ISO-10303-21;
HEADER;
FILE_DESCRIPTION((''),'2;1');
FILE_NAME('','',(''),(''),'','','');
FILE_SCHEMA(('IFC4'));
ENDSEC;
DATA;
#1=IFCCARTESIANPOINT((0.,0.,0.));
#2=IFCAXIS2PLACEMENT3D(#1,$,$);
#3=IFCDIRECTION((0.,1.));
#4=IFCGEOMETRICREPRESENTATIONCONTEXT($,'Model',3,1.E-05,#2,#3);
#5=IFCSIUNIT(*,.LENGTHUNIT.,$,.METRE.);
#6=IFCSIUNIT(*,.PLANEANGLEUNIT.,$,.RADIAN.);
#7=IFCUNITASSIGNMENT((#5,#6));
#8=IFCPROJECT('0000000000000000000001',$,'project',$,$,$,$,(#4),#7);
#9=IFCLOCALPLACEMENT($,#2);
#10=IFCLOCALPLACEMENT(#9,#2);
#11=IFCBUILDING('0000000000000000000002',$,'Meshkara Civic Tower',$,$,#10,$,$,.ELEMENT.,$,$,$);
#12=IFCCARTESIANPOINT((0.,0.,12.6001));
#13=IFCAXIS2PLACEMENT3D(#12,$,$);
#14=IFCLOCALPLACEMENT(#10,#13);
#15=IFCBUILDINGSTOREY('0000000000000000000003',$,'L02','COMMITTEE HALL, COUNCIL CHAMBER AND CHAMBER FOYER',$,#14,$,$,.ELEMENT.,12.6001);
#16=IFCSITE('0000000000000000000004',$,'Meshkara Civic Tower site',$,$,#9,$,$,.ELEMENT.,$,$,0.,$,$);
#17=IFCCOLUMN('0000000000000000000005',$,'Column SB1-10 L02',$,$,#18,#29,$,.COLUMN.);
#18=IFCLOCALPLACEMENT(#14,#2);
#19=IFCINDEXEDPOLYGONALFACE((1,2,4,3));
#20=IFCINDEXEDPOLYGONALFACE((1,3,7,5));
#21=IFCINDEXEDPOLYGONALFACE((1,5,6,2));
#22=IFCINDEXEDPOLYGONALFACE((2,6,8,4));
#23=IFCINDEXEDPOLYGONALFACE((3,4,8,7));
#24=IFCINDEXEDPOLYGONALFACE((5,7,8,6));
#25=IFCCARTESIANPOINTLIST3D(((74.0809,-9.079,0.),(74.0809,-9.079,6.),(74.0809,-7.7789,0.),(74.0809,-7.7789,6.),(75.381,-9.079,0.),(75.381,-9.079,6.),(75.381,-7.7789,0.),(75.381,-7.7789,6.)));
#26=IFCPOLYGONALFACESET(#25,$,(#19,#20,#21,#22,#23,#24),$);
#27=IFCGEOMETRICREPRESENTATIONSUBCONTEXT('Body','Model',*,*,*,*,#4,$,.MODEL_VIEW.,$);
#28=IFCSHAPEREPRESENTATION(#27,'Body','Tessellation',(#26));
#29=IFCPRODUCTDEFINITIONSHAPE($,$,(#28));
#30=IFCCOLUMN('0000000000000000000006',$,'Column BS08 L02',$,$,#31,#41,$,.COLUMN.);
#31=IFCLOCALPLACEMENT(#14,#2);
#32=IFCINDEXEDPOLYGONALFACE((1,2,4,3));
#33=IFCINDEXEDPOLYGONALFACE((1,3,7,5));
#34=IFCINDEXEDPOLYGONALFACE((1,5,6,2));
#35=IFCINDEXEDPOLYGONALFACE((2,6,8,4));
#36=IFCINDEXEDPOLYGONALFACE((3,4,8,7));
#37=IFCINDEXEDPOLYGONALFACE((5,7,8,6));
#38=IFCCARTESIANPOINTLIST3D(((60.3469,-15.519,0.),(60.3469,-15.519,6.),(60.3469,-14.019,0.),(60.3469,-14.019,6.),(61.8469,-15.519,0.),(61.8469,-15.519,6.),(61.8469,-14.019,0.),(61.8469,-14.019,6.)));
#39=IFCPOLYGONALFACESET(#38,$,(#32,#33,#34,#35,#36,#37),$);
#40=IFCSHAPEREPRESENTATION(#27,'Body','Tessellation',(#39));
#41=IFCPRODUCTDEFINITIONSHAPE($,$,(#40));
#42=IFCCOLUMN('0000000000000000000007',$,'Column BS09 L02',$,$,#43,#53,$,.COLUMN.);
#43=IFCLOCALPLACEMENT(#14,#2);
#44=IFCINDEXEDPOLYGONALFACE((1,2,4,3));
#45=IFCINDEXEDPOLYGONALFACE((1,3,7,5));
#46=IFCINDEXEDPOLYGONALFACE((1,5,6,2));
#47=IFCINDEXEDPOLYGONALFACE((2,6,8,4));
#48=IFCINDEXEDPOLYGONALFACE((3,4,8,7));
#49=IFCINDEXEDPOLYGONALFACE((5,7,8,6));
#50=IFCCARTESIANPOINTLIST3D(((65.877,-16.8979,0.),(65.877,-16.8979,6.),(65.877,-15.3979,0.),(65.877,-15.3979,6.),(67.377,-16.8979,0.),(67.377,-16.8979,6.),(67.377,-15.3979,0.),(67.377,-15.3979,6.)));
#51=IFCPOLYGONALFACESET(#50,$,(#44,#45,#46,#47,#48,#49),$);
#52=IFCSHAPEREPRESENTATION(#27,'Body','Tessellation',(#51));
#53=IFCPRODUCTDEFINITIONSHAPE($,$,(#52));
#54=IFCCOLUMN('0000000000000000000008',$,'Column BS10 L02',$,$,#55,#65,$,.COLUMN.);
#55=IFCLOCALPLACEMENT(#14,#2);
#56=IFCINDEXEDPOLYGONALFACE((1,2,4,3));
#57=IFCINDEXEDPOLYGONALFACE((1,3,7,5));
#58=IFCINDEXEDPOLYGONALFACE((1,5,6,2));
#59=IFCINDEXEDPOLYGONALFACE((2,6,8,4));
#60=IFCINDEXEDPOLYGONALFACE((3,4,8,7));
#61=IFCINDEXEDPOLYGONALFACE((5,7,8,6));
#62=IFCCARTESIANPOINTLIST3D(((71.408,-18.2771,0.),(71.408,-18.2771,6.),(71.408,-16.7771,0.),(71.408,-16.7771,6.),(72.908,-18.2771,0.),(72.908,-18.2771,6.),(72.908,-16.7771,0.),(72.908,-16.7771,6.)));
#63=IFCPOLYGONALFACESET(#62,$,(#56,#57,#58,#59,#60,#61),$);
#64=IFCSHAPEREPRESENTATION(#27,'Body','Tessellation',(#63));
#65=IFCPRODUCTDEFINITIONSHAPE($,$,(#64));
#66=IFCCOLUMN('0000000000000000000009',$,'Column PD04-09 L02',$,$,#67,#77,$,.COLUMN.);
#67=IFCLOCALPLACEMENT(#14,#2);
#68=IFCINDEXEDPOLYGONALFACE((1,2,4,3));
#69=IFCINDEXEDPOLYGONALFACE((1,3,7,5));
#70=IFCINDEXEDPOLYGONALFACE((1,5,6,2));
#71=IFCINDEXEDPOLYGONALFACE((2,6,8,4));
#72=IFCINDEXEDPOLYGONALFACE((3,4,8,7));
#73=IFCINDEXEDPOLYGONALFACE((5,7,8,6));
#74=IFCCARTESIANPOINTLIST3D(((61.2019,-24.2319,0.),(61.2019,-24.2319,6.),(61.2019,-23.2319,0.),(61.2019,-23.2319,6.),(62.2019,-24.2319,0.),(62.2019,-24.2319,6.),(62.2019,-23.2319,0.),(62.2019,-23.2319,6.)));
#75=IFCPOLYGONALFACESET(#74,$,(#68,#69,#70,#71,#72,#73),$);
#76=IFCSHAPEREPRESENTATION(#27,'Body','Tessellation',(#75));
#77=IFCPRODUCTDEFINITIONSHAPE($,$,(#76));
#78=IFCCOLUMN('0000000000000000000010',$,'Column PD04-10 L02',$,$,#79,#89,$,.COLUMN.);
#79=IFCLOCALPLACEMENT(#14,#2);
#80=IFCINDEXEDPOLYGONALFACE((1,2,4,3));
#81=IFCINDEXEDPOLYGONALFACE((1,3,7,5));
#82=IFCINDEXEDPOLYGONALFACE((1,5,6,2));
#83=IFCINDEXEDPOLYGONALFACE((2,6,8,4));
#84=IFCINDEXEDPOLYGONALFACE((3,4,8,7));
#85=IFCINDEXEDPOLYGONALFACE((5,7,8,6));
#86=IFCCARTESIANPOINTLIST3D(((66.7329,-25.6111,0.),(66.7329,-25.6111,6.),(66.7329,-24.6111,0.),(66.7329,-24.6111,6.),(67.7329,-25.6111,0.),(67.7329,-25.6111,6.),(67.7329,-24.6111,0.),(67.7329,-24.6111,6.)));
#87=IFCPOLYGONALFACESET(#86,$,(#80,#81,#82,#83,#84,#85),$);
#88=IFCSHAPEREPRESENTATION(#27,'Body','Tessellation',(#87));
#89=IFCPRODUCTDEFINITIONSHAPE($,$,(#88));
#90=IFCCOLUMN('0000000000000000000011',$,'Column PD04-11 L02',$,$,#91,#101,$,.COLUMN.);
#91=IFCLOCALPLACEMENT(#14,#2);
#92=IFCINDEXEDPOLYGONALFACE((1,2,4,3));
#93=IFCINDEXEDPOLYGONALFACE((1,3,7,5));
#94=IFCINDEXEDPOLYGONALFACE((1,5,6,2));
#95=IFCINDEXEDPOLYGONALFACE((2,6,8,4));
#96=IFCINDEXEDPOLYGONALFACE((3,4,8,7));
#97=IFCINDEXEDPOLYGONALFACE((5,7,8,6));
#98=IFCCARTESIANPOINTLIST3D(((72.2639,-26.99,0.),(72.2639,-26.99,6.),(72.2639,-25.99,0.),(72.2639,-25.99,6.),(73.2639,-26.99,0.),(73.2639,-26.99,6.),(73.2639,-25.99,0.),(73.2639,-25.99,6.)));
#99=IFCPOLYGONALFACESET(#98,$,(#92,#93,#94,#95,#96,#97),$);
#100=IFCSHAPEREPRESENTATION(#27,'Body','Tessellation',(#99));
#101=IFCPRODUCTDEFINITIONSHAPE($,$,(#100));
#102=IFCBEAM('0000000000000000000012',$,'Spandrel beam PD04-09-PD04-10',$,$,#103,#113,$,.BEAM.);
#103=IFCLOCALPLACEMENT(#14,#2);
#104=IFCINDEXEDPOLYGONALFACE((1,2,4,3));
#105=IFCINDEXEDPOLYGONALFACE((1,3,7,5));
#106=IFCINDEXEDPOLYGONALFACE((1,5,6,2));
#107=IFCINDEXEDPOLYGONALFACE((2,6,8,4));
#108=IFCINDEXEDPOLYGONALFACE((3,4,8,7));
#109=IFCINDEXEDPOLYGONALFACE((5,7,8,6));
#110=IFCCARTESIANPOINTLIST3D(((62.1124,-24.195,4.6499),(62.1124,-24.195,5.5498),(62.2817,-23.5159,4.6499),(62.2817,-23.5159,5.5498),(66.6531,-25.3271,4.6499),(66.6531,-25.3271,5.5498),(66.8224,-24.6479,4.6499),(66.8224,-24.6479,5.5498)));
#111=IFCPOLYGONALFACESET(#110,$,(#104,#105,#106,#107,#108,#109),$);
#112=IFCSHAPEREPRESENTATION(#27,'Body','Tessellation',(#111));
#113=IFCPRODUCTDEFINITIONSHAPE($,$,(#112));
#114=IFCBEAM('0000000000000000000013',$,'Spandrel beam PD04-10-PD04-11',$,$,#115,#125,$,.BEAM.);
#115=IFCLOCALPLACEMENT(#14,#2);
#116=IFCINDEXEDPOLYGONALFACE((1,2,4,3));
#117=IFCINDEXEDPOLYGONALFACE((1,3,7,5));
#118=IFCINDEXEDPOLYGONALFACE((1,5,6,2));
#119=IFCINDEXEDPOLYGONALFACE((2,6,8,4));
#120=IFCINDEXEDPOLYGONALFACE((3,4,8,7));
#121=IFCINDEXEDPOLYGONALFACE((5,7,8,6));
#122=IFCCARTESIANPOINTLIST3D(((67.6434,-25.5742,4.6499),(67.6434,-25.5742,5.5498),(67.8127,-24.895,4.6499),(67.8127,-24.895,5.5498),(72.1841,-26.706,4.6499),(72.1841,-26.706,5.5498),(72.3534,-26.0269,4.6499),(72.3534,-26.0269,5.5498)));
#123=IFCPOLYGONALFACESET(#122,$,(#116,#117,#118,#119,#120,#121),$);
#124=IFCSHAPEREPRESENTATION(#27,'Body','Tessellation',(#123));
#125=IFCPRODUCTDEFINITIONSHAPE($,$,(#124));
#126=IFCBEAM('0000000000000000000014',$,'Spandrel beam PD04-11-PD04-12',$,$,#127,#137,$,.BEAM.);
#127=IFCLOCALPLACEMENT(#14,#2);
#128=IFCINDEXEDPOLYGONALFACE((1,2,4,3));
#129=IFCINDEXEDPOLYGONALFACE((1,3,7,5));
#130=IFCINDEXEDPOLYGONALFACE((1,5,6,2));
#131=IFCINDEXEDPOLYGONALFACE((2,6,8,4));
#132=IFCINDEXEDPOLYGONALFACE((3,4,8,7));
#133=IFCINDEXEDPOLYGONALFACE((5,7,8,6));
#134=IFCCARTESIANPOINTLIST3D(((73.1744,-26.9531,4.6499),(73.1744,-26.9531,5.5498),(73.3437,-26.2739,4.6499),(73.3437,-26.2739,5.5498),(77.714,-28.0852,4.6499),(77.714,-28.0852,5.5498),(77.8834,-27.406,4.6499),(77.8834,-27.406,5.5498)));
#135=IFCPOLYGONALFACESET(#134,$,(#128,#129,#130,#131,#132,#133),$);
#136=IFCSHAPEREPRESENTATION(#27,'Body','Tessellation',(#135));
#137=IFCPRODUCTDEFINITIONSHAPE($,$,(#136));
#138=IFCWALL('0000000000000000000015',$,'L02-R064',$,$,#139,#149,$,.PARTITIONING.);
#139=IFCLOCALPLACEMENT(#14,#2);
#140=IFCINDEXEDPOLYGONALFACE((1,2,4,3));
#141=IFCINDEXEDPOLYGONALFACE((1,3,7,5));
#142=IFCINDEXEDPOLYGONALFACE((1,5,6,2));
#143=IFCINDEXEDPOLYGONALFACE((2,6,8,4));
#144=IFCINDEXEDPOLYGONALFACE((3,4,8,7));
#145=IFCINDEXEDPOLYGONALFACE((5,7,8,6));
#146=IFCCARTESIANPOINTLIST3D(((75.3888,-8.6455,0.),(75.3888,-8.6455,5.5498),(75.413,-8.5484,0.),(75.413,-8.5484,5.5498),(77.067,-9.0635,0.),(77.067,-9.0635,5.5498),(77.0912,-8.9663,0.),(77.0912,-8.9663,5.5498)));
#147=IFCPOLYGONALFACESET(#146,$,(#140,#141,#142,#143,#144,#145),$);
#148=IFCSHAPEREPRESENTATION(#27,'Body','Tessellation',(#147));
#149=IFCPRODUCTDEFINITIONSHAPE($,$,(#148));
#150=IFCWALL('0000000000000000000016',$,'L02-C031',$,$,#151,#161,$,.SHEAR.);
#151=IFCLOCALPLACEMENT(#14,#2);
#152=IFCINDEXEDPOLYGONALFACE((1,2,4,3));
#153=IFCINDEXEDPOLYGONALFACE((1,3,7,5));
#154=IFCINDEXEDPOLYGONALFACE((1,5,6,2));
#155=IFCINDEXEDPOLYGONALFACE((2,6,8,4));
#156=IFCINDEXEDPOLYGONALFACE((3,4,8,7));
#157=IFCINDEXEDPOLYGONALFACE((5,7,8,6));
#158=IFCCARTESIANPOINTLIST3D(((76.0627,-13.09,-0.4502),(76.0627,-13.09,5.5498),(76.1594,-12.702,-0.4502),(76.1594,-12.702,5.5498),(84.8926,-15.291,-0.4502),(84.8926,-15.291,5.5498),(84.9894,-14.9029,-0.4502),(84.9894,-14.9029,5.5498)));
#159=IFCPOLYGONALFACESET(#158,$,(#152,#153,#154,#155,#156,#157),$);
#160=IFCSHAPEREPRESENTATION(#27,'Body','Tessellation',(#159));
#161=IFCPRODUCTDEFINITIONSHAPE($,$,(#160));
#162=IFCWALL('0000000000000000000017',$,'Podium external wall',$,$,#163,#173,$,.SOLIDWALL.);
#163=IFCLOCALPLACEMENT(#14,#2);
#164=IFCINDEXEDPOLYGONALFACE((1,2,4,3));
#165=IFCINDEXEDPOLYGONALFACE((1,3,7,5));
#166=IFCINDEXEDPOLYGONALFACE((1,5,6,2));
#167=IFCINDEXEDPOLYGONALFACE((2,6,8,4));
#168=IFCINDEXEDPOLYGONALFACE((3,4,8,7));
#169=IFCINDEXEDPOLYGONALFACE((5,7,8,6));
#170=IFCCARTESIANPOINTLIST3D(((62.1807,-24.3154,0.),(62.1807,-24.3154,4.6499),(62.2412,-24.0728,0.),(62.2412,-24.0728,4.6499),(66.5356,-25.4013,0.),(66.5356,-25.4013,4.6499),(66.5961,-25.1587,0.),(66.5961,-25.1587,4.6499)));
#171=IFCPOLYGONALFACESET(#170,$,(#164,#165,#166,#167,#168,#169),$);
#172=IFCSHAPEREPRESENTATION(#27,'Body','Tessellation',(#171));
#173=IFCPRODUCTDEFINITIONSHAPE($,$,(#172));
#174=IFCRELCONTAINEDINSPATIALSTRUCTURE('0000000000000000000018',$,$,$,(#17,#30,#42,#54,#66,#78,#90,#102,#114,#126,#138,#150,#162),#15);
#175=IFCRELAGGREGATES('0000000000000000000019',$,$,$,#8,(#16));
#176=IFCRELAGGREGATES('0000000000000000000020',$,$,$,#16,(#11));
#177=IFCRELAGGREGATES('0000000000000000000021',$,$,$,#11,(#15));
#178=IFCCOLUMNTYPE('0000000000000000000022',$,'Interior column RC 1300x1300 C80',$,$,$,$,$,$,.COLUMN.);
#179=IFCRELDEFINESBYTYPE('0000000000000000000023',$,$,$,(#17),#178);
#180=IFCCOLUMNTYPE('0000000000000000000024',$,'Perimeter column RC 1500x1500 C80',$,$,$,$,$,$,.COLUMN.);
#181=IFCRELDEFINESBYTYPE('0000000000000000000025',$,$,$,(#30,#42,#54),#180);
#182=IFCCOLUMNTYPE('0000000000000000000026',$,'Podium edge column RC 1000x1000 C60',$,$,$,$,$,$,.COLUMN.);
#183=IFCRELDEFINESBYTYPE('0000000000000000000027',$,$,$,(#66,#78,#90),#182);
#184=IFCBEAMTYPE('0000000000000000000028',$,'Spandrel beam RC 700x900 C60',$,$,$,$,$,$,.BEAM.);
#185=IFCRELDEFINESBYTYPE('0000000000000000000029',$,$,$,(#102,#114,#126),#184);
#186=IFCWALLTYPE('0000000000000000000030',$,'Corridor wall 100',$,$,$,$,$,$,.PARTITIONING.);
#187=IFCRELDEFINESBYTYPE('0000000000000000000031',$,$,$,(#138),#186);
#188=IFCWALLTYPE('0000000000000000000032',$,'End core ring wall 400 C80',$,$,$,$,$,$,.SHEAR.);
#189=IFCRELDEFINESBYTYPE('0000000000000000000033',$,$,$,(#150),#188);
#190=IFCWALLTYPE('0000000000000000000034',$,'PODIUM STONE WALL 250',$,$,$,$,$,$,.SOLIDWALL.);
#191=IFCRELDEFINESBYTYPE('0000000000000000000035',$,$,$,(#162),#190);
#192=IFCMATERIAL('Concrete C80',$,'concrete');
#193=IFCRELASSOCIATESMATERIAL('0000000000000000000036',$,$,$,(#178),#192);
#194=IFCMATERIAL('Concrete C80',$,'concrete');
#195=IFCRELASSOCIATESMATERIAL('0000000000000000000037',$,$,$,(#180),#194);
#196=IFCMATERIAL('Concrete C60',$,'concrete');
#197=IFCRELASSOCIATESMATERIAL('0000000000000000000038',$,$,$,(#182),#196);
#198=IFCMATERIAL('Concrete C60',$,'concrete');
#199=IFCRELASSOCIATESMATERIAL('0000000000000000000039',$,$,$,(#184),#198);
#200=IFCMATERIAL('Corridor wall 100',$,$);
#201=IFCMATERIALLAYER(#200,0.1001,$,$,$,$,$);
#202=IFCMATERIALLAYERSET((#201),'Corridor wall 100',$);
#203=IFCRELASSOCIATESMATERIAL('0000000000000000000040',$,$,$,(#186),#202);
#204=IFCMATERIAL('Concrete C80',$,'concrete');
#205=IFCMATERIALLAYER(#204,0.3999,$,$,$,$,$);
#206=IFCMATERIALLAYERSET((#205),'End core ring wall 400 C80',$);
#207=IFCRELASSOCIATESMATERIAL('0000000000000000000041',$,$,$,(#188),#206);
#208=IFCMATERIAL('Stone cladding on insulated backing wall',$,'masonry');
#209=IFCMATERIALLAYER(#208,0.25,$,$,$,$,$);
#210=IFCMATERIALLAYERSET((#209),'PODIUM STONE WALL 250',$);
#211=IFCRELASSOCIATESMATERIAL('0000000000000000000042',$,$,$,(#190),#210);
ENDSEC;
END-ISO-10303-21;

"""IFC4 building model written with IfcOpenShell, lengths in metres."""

from ifc_helpers import new_model, si_unit, direction, frame, frame_2d, origin, origin_2d, place, context, subcontext, project, spatial, rectangle, extrude, material, layer, layer_set, material_profile, profile_set, type_object, element, save


model = new_model("IFC4")

# Units and contexts
model_context = context("Model", 3, precision=1e-05, world=origin(), true_north=direction((0.0, 1.0)))
body_context = subcontext(model_context, "Body", "Model", "MODEL_VIEW")
ifc_project = project(units=[si_unit("LENGTHUNIT", "METRE"), si_unit("PLANEANGLEUNIT", "RADIAN")], contexts=[model_context])

# Site, building, storey
site_placement = place(None, origin())
site = spatial("IfcSite", under=ifc_project, at=site_placement, Name="Meshkara Civic Tower site", CompositionType="ELEMENT", RefElevation=0.0)
building_placement = place(site_placement, origin())
building = spatial("IfcBuilding", under=site, at=building_placement, Name="Meshkara Civic Tower", CompositionType="ELEMENT")
storey_placement = place(building_placement, frame((0.0, 0.0, 12.6001)))
storey = spatial("IfcBuildingStorey", under=building, at=storey_placement, Name="L02", Description="COMMITTEE HALL, COUNCIL CHAMBER AND CHAMBER FOYER", CompositionType="ELEMENT", Elevation=12.6001)

# Columns
ifc_material_1 = material(Name="Concrete C80", Category="concrete")
ifc_material_profile_1 = material_profile(ifc_material_1, rectangle(XDim=1.3, YDim=1.3, at=origin_2d()))
ifc_profile_set_1 = profile_set([ifc_material_profile_1], Name="Concrete C80")
column_type_1 = type_object("IfcColumnType", Name="Interior column RC 1300x1300 C80", PredefinedType="COLUMN", material=ifc_profile_set_1)
column_placement = place(storey_placement, frame((74.731, -8.429, 0.0), z_axis=(0.0, 0.0, 1.0), x_axis=(1.0, 0.0, 0.0)))
element("IfcColumn", 1, at=column_placement, inside=storey, type_object=column_type_1, Name="Column SB1-10 L02", PredefinedType="COLUMN", context=body_context, shape_type="SweptSolid", body=[
    extrude(rectangle(XDim=1.3, YDim=1.3, at=origin_2d()), origin(), (0.0, 0.0, 1.0), 6.0),
])
ifc_material_2 = material(Name="Concrete C80", Category="concrete")
ifc_material_profile_2 = material_profile(ifc_material_2, rectangle(XDim=1.5, YDim=1.5, at=origin_2d()))
ifc_profile_set_2 = profile_set([ifc_material_profile_2], Name="Concrete C80")
column_type_2 = type_object("IfcColumnType", Name="Perimeter column RC 1500x1500 C80", PredefinedType="COLUMN", material=ifc_profile_set_2)
for number, where, z_axis, x_axis, name in (
    (2, (61.0969, -14.769, 0.0), (0.0, 0.0, 1.0), (1.0, 0.0, 0.0), "Column BS08 L02"),
    (3, (66.627, -16.1479, 0.0), (0.0, 0.0, 1.0), (1.0, 0.0, 0.0), "Column BS09 L02"),
    (4, (72.158, -17.5271, 0.0), (0.0, 0.0, 1.0), (1.0, 0.0, 0.0), "Column BS10 L02"),
):
    element("IfcColumn", number, at=place(storey_placement, frame(where, z_axis=z_axis, x_axis=x_axis)), inside=storey, type_object=column_type_2, Name=name, PredefinedType="COLUMN", context=body_context, shape_type="SweptSolid", body=[
        extrude(rectangle(XDim=1.5, YDim=1.5, at=origin_2d()), origin(), (0.0, 0.0, 1.0), 6.0),
    ])
ifc_material_3 = material(Name="Concrete C60", Category="concrete")
ifc_material_profile_3 = material_profile(ifc_material_3, rectangle(XDim=1.0, YDim=1.0, at=origin_2d()))
ifc_profile_set_3 = profile_set([ifc_material_profile_3], Name="Concrete C60")
column_type_3 = type_object("IfcColumnType", Name="Podium edge column RC 1000x1000 C60", PredefinedType="COLUMN", material=ifc_profile_set_3)
for number, where, z_axis, x_axis, name in (
    (5, (61.7019, -23.7319, 0.0), (0.0, 0.0, 1.0), (1.0, 0.0, 0.0), "Column PD04-09 L02"),
    (6, (67.2329, -25.1111, 0.0), (0.0, 0.0, 1.0), (1.0, 0.0, 0.0), "Column PD04-10 L02"),
    (7, (72.7639, -26.49, 0.0), (0.0, 0.0, 1.0), (1.0, 0.0, 0.0), "Column PD04-11 L02"),
):
    element("IfcColumn", number, at=place(storey_placement, frame(where, z_axis=z_axis, x_axis=x_axis)), inside=storey, type_object=column_type_3, Name=name, PredefinedType="COLUMN", context=body_context, shape_type="SweptSolid", body=[
        extrude(rectangle(XDim=1.0, YDim=1.0, at=origin_2d()), origin(), (0.0, 0.0, 1.0), 6.0),
    ])

# Beams
ifc_material_4 = material(Name="Concrete C60", Category="concrete")
ifc_material_profile_4 = material_profile(ifc_material_4, rectangle(XDim=0.7, YDim=0.8999, at=origin_2d()))
ifc_profile_set_4 = profile_set([ifc_material_profile_4], Name="Concrete C60")
beam_type = type_object("IfcBeamType", Name="Spandrel beam RC 700x900 C60", PredefinedType="BEAM", material=ifc_profile_set_4)
for number, where, z_axis, x_axis, name in (
    (8, (62.197, -23.8555, 5.0999), (0.970299, -0.24191, 0.0), (0.24191, 0.970299, 0.0), "Spandrel beam PD04-09-PD04-10"),
    (9, (67.728, -25.2346, 5.0999), (0.970311, -0.24186, 0.0), (0.24186, 0.970311, 0.0), "Spandrel beam PD04-10-PD04-11"),
):
    element("IfcBeam", number, at=place(storey_placement, frame(where, z_axis=z_axis, x_axis=x_axis)), inside=storey, type_object=beam_type, Name=name, PredefinedType="BEAM", context=body_context, shape_type="SweptSolid", body=[
        extrude(rectangle(XDim=0.7, YDim=0.8999, at=origin_2d()), origin(), (0.0, 0.0, 1.0), 4.6797),
    ])
beam_placement = place(storey_placement, frame((73.259, -26.6135, 5.0999), z_axis=(0.970287, -0.241959, 0.0), x_axis=(0.241959, 0.970287, 0.0)))
element("IfcBeam", 10, at=beam_placement, inside=storey, type_object=beam_type, Name="Spandrel beam PD04-11-PD04-12", PredefinedType="BEAM", context=body_context, shape_type="SweptSolid", body=[
    extrude(rectangle(XDim=0.7, YDim=0.8999, at=origin_2d()), origin(), (0.0, 0.0, 1.0), 4.6787),
])

# Walls
ifc_material_5 = material(Name="Corridor wall 100")
ifc_layer_1 = layer(ifc_material_5, 0.1001)
ifc_layer_set_1 = layer_set([ifc_layer_1], Name="Corridor wall 100")
wall_type_1 = type_object("IfcWallType", Name="Corridor wall 100", PredefinedType="PARTITIONING", material=ifc_layer_set_1)
wall_1_placement = place(storey_placement, frame((75.4009, -8.5969, 0.0), z_axis=(0.0, 0.0, 1.0), x_axis=(0.970358, -0.241672, 0.0)))
element("IfcWall", 11, at=wall_1_placement, inside=storey, type_object=wall_type_1, Name="L02-R064", PredefinedType="PARTITIONING", context=body_context, shape_type="SweptSolid", body=[
    extrude(rectangle(XDim=1.7295, YDim=0.1001, at=frame_2d((0.8647, 0.0))), origin(), (0.0, 0.0, 1.0), 5.5498),
])
ifc_material_6 = material(Name="Concrete C80", Category="concrete")
ifc_layer_2 = layer(ifc_material_6, 0.3999)
ifc_layer_set_2 = layer_set([ifc_layer_2], Name="End core ring wall 400 C80")
wall_type_2 = type_object("IfcWallType", Name="End core ring wall 400 C80", PredefinedType="SHEAR", material=ifc_layer_set_2)
wall_2_placement = place(storey_placement, frame((76.1111, -12.896, -0.4502), z_axis=(0.0, 0.0, 1.0), x_axis=(0.970311, -0.24186, 0.0)))
element("IfcWall", 12, at=wall_2_placement, inside=storey, type_object=wall_type_2, Name="L02-C031", PredefinedType="SHEAR", context=body_context, shape_type="SweptSolid", body=[
    extrude(rectangle(XDim=9.1001, YDim=0.3999, at=frame_2d((4.55, 0.0))), origin(), (0.0, 0.0, 1.0), 6.0),
])
ifc_material_7 = material(Name="Stone cladding on insulated backing wall", Category="masonry")
ifc_layer_3 = layer(ifc_material_7, 0.25)
ifc_layer_set_3 = layer_set([ifc_layer_3], Name="PODIUM STONE WALL 250")
wall_type_3 = type_object("IfcWallType", Name="PODIUM STONE WALL 250", PredefinedType="SOLIDWALL", material=ifc_layer_set_3)
wall_3_placement = place(storey_placement, frame((62.2109, -24.1941, 0.0), z_axis=(0.0, 0.0, 1.0), x_axis=(0.97029, -0.241947, 0.0)))
element("IfcWall", 13, at=wall_3_placement, inside=storey, type_object=wall_type_3, Name="Podium external wall", PredefinedType="SOLIDWALL", context=body_context, shape_type="SweptSolid", body=[
    extrude(rectangle(XDim=4.4883, YDim=0.25, at=frame_2d((2.2441, 0.0))), origin(), (0.0, 0.0, 1.0), 4.6499),
])

save(model, "model.ifc")
